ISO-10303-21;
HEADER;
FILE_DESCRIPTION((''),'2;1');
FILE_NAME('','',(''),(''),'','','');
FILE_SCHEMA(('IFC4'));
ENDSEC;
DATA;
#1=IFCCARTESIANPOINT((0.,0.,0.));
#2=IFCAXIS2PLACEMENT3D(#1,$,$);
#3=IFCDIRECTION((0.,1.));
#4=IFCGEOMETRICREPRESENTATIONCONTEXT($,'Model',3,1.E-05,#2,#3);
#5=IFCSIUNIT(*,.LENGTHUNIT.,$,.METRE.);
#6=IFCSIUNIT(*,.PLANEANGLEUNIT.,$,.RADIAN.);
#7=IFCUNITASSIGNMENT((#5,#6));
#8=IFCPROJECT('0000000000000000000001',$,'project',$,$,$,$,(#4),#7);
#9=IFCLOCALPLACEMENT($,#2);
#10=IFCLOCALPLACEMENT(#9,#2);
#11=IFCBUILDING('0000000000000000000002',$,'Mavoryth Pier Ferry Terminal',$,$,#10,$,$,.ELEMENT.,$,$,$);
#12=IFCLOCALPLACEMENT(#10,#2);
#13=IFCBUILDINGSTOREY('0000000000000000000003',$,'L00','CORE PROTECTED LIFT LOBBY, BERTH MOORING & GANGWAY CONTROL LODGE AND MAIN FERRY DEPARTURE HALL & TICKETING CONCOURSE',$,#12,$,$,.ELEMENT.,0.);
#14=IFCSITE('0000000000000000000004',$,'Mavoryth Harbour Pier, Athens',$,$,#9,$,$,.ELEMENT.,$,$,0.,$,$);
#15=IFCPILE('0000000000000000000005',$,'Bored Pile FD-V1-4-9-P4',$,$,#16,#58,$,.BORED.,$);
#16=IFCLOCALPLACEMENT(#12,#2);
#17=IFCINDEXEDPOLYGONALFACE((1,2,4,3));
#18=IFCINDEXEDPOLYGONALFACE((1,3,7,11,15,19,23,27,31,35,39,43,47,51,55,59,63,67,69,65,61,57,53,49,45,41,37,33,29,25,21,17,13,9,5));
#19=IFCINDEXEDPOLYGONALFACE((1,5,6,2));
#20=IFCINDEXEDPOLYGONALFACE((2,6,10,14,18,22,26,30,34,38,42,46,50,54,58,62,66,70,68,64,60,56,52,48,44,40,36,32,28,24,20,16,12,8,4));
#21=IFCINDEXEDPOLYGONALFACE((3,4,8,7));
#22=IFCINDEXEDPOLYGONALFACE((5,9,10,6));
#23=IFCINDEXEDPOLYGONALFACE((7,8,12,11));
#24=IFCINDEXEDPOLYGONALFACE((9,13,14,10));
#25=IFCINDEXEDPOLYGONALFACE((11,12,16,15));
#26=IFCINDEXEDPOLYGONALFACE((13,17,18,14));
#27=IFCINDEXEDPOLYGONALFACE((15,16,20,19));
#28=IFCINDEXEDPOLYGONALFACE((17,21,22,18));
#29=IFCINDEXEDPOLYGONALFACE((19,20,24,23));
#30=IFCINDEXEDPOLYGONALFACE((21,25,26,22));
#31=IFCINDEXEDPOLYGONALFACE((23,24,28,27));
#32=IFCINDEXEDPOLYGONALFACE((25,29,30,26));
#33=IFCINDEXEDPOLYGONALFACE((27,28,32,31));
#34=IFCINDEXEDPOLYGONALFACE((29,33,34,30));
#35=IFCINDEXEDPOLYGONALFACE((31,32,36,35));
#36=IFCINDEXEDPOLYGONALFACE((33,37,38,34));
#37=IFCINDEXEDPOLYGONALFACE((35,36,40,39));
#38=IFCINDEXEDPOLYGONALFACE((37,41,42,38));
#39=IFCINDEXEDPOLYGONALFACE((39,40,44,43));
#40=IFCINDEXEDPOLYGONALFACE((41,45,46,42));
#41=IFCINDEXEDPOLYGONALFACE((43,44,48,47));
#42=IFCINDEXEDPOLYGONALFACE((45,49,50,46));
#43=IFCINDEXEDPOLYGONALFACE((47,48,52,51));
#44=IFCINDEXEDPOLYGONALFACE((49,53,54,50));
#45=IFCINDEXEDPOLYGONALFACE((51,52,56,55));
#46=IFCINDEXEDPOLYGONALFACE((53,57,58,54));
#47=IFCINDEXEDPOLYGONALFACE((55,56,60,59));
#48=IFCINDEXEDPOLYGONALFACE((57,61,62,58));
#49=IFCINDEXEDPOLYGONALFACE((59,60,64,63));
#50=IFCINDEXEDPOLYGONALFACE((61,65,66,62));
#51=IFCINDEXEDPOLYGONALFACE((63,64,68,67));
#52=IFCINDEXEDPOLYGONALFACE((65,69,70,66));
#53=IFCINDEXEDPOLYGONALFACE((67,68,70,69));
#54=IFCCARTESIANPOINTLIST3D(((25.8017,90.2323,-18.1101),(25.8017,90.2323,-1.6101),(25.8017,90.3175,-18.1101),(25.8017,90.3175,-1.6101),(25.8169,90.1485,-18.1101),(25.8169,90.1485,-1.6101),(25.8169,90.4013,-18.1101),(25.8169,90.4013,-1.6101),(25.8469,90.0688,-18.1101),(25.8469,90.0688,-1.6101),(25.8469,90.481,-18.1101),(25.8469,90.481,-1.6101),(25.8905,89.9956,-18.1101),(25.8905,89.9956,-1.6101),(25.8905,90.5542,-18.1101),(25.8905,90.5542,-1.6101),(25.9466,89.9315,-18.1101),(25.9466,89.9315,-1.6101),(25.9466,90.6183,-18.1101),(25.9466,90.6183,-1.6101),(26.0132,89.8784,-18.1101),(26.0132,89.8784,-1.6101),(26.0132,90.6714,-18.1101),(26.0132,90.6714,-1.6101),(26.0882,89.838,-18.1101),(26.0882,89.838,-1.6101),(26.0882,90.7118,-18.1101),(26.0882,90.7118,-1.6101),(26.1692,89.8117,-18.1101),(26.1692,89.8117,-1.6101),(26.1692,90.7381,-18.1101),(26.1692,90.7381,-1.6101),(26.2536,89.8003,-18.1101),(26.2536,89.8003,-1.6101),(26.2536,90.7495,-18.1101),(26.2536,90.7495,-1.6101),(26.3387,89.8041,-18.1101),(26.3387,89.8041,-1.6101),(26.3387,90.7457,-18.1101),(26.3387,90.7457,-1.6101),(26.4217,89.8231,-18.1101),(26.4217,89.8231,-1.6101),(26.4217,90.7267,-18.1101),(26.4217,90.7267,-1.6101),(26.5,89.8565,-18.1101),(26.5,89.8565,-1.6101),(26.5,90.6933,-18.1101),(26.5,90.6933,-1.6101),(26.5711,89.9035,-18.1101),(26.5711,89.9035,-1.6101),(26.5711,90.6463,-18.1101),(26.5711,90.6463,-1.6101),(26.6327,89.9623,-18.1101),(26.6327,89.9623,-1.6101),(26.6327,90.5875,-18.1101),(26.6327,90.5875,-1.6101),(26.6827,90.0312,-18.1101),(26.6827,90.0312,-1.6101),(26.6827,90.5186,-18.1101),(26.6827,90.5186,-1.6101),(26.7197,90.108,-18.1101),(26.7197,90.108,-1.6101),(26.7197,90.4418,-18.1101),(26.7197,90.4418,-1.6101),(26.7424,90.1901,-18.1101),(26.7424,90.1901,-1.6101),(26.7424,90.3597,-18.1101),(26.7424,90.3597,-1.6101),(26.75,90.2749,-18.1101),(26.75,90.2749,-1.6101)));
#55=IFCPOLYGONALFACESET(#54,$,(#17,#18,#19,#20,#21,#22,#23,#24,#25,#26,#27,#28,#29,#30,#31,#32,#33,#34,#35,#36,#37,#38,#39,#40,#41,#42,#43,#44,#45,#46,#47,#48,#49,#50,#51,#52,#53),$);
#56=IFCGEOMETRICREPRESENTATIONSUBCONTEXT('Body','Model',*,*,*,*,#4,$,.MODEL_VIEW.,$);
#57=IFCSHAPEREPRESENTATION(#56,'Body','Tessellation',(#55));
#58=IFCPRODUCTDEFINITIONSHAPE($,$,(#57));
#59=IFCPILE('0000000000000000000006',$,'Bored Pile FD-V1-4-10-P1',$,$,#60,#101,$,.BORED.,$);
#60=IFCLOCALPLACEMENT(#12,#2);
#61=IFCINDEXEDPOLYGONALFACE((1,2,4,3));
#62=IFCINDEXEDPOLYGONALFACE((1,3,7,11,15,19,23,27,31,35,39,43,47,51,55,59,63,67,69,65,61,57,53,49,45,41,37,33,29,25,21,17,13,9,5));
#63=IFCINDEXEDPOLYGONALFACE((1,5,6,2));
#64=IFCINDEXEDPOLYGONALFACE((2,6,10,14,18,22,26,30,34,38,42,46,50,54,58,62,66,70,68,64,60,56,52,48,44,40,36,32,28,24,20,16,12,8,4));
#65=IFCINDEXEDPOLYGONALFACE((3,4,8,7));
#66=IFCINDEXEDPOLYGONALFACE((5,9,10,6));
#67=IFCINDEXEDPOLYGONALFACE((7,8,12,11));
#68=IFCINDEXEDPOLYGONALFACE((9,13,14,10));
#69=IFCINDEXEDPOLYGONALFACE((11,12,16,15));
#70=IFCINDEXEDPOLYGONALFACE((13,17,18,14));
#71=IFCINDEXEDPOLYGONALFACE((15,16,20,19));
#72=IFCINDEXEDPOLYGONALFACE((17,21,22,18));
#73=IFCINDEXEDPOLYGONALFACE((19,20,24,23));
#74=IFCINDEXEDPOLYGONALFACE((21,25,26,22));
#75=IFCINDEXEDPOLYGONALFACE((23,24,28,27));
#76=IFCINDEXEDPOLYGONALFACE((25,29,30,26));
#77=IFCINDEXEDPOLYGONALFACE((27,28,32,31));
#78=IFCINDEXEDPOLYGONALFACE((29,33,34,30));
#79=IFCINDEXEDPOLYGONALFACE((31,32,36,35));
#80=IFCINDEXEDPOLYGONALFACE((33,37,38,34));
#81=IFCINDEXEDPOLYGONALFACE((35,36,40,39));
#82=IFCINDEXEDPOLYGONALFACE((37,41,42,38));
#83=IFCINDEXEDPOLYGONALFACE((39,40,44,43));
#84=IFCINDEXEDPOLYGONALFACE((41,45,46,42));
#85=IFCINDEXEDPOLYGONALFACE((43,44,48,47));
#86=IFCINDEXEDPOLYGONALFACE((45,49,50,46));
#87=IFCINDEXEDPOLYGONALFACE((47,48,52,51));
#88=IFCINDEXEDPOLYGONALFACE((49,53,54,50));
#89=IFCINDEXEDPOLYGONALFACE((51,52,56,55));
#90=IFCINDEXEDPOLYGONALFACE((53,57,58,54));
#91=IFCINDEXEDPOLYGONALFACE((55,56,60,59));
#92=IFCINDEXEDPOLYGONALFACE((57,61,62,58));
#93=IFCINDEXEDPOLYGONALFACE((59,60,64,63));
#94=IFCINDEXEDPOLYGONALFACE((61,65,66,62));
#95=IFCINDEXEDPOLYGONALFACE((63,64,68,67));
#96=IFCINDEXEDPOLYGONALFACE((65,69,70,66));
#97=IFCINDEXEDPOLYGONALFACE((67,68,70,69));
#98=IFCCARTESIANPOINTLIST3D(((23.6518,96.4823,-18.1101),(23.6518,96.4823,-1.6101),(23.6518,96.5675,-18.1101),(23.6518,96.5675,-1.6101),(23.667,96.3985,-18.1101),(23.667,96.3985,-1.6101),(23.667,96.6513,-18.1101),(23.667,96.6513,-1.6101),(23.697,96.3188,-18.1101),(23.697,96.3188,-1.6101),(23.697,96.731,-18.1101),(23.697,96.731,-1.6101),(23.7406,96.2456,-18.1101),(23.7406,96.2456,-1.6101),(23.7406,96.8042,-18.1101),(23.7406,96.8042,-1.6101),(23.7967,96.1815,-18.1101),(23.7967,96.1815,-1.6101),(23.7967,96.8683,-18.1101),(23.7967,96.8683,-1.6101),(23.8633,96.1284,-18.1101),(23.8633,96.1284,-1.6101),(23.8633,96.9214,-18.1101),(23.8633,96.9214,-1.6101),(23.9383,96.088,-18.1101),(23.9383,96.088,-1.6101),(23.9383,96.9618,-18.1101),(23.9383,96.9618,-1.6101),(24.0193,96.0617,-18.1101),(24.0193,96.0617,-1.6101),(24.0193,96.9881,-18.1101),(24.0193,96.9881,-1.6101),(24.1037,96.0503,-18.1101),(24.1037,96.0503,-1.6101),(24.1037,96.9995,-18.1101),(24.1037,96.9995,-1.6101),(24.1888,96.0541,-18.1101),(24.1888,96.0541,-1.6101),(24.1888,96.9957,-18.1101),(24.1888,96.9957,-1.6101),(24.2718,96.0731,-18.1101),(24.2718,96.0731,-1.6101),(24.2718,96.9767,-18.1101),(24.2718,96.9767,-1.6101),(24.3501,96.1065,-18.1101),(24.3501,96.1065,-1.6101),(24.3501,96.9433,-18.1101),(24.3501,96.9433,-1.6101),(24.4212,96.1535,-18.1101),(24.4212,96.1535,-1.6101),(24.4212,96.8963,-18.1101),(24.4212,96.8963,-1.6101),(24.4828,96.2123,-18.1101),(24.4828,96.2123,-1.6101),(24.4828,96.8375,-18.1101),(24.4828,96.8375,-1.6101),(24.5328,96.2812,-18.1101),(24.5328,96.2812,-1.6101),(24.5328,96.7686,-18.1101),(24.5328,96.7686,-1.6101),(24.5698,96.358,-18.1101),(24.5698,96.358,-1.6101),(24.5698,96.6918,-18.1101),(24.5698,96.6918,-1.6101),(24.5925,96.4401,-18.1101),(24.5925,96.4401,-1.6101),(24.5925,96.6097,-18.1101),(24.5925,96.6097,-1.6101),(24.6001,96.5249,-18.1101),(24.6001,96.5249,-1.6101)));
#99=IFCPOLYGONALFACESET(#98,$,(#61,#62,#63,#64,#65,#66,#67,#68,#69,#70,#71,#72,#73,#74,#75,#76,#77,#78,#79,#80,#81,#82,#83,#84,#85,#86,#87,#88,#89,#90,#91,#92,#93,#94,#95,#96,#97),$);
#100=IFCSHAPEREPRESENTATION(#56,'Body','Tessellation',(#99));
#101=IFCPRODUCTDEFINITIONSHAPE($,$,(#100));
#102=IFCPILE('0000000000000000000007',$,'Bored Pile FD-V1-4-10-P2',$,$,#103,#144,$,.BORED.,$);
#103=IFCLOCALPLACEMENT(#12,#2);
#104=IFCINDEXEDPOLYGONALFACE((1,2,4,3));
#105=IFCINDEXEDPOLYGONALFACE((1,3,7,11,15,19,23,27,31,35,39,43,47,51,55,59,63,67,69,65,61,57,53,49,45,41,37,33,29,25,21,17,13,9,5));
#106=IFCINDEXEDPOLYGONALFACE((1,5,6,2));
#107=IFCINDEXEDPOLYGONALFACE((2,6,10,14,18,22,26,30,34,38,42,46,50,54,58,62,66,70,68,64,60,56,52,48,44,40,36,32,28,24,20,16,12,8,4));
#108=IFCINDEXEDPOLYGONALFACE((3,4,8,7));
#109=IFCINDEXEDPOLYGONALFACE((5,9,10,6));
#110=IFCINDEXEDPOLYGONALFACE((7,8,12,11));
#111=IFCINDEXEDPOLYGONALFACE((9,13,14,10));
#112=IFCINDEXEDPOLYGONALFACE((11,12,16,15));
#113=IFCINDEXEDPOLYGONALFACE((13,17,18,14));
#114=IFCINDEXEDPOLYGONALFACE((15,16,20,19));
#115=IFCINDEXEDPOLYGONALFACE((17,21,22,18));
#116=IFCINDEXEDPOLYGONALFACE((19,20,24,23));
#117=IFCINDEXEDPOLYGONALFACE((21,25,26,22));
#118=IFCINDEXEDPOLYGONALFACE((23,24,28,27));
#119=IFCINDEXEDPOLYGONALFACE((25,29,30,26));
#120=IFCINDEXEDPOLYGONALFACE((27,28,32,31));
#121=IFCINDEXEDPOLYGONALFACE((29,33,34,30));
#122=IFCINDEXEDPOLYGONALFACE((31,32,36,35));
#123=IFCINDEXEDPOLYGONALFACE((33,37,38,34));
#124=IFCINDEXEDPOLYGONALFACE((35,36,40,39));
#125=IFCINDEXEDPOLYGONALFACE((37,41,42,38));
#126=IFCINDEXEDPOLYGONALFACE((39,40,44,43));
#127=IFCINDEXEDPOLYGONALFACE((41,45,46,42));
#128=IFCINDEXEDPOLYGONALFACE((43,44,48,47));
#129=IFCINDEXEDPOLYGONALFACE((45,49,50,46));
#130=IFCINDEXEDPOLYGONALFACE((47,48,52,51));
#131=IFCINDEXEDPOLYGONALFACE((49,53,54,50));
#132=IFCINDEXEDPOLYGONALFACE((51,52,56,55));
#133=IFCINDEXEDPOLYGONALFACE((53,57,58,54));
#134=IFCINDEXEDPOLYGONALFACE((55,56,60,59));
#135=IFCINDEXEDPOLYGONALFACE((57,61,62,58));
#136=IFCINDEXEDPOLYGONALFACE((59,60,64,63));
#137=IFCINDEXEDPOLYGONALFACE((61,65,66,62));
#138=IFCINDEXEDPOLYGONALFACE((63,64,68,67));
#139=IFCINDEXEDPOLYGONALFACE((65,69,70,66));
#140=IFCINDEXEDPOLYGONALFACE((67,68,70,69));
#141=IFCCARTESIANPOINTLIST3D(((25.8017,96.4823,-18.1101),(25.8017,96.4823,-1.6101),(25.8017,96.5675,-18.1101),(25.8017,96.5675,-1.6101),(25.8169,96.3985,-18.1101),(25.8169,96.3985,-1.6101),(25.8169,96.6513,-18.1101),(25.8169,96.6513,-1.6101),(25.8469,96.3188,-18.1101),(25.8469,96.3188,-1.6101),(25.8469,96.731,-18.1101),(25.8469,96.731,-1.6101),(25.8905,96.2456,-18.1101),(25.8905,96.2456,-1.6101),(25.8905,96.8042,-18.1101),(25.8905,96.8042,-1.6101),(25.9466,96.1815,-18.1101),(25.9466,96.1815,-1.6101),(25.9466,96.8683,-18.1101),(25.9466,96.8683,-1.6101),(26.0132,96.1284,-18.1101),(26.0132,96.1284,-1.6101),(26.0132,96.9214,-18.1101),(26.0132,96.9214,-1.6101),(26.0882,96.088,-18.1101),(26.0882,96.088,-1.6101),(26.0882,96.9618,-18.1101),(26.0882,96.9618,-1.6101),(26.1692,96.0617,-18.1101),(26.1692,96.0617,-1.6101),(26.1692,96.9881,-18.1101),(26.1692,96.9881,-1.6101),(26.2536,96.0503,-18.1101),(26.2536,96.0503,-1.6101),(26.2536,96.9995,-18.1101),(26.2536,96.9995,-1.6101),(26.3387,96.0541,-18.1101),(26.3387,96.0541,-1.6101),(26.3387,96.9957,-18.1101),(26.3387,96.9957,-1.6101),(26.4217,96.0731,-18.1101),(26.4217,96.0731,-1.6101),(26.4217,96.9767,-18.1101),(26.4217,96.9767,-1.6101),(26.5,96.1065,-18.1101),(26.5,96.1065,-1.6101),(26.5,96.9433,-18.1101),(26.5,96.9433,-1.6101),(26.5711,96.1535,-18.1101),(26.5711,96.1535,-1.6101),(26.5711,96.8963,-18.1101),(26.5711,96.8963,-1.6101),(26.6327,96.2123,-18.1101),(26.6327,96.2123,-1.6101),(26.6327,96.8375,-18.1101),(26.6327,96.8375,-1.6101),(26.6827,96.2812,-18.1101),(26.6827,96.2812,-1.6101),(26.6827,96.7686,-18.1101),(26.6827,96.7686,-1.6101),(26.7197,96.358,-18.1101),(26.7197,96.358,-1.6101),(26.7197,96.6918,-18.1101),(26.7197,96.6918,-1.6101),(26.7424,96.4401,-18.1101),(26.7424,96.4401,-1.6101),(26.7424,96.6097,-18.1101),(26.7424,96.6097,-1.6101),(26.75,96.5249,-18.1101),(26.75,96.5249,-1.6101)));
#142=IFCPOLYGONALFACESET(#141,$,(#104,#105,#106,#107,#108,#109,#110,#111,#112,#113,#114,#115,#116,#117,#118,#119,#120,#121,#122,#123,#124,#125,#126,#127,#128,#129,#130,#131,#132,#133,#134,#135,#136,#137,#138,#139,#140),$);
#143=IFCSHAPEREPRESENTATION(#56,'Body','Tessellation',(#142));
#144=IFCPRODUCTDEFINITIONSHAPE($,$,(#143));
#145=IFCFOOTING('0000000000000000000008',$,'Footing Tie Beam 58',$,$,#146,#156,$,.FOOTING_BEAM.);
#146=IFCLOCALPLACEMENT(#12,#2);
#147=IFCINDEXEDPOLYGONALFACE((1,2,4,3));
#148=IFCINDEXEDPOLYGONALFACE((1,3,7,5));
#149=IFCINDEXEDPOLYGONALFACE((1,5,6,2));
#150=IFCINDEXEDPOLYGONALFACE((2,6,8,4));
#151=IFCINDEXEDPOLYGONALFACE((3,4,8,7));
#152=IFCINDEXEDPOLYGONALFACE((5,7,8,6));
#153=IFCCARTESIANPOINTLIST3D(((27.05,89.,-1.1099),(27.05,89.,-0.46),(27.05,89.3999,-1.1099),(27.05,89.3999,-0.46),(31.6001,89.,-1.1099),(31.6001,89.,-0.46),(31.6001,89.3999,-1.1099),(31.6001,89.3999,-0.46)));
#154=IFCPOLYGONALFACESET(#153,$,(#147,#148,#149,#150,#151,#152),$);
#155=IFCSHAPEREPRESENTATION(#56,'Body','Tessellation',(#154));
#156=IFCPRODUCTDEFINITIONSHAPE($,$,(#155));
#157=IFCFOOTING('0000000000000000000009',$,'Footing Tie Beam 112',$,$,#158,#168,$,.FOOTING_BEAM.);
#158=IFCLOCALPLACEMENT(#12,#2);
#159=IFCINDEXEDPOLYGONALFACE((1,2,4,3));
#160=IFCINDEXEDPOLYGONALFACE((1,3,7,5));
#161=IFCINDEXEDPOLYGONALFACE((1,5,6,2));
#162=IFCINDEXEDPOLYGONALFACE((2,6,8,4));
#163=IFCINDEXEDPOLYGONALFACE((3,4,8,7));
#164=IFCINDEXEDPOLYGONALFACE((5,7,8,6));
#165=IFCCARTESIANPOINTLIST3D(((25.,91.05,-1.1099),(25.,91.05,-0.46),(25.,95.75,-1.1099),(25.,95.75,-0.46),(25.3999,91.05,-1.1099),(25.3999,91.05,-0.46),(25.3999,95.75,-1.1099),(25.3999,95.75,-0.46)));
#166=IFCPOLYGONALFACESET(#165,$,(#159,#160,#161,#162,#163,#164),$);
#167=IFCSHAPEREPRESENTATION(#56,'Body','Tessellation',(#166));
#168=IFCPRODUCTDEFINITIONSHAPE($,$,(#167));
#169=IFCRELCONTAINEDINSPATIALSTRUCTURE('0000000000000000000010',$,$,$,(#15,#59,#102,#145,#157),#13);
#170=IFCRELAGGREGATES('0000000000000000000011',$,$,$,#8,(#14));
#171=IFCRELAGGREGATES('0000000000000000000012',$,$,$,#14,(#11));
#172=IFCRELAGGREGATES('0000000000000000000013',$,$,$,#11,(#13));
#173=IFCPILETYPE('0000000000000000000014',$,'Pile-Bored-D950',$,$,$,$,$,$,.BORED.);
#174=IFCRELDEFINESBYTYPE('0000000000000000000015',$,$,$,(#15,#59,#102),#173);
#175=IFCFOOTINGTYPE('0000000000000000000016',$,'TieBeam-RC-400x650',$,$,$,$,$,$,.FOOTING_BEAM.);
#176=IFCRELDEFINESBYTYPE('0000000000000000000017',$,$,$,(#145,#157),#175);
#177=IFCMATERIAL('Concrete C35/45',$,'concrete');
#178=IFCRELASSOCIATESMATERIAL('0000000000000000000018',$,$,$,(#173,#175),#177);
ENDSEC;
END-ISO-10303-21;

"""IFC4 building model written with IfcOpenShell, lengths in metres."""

from ifc_helpers import new_model, si_unit, direction, frame, origin, origin_2d, place, context, subcontext, project, spatial, rectangle, circle, extrude, material, material_profile, profile_set, type_object, element, save


model = new_model("IFC4")

# Units and contexts
model_context = context("Model", 3, precision=1e-05, world=origin(), true_north=direction((0.0, 1.0)))
body_context = subcontext(model_context, "Body", "Model", "MODEL_VIEW")
ifc_project = project(units=[si_unit("LENGTHUNIT", "METRE"), si_unit("PLANEANGLEUNIT", "RADIAN")], contexts=[model_context])

# Site, building, storey
site_placement = place(None, origin())
site = spatial("IfcSite", under=ifc_project, at=site_placement, Name="Mavoryth Harbour Pier, Athens", CompositionType="ELEMENT", RefElevation=0.0)
building_placement = place(site_placement, origin())
building = spatial("IfcBuilding", under=site, at=building_placement, Name="Mavoryth Pier Ferry Terminal", CompositionType="ELEMENT")
storey_placement = place(building_placement, origin())
storey = spatial("IfcBuildingStorey", under=building, at=storey_placement, Name="L00", Description="CORE PROTECTED LIFT LOBBY, BERTH MOORING & GANGWAY CONTROL LODGE AND MAIN FERRY DEPARTURE HALL & TICKETING CONCOURSE", CompositionType="ELEMENT", Elevation=0.0)

# Shared definitions
ifc_material_1 = material(Name="Concrete C35/45", Category="concrete")

# Piles
ifc_material_profile_1 = material_profile(ifc_material_1, circle(Radius=0.4751, at=origin_2d()), Name="PILE D950", Category="concrete")
ifc_profile_set_1 = profile_set([ifc_material_profile_1], Name="Concrete C35/45 - PILE D950")
pile_type_1 = type_object("IfcPileType", Name="Pile-Bored-D950", PredefinedType="BORED", material=ifc_profile_set_1)
for number, where, z_axis, x_axis, name in (
    (1, (26.2749, 90.2749, -1.6101), (0.0, 0.0, -1.0), (1.0, 0.0, 0.0), "Bored Pile FD-V1-4-9-P4"),
    (2, (24.125, 96.5249, -1.6101), (0.0, 0.0, -1.0), (1.0, 0.0, 0.0), "Bored Pile FD-V1-4-10-P1"),
    (3, (26.2749, 96.5249, -1.6101), (0.0, 0.0, -1.0), (1.0, 0.0, 0.0), "Bored Pile FD-V1-4-10-P2"),
):
    element("IfcPile", number, at=place(storey_placement, frame(where, z_axis=z_axis, x_axis=x_axis)), inside=storey, type_object=pile_type_1, Name=name, PredefinedType="BORED", context=body_context, shape_type="SweptSolid", body=[
        extrude(circle(Radius=0.4751, at=origin_2d()), origin(), (0.0, 0.0, 1.0), 16.5),
    ])

# Footings
ifc_material_profile_2 = material_profile(ifc_material_1, rectangle(XDim=0.3999, YDim=0.6499, at=origin_2d()), Name="RC 400x650", Category="concrete")
ifc_profile_set_2 = profile_set([ifc_material_profile_2], Name="Concrete C35/45 - RC 400x650")
footing_type_1 = type_object("IfcFootingType", Name="TieBeam-RC-400x650", PredefinedType="FOOTING_BEAM", material=ifc_profile_set_2)
footing_1_placement = place(storey_placement, frame((27.05, 89.2, -0.7849), z_axis=(1.0, 0.0, 0.0), x_axis=(0.0, 1.0, 0.0)))
element("IfcFooting", 4, at=footing_1_placement, inside=storey, type_object=footing_type_1, Name="Footing Tie Beam 58", PredefinedType="FOOTING_BEAM", context=body_context, shape_type="SweptSolid", body=[
    extrude(rectangle(XDim=0.3999, YDim=0.6499, at=origin_2d()), origin(), (0.0, 0.0, 1.0), 4.55),
])
footing_2_placement = place(storey_placement, frame((25.2, 91.05, -0.7849), z_axis=(0.0, 1.0, 0.0), x_axis=(-1.0, 0.0, 0.0)))
element("IfcFooting", 5, at=footing_2_placement, inside=storey, type_object=footing_type_1, Name="Footing Tie Beam 112", PredefinedType="FOOTING_BEAM", context=body_context, shape_type="SweptSolid", body=[
    extrude(rectangle(XDim=0.3999, YDim=0.6499, at=origin_2d()), origin(), (0.0, 0.0, 1.0), 4.7),
])

save(model, "model.ifc")
